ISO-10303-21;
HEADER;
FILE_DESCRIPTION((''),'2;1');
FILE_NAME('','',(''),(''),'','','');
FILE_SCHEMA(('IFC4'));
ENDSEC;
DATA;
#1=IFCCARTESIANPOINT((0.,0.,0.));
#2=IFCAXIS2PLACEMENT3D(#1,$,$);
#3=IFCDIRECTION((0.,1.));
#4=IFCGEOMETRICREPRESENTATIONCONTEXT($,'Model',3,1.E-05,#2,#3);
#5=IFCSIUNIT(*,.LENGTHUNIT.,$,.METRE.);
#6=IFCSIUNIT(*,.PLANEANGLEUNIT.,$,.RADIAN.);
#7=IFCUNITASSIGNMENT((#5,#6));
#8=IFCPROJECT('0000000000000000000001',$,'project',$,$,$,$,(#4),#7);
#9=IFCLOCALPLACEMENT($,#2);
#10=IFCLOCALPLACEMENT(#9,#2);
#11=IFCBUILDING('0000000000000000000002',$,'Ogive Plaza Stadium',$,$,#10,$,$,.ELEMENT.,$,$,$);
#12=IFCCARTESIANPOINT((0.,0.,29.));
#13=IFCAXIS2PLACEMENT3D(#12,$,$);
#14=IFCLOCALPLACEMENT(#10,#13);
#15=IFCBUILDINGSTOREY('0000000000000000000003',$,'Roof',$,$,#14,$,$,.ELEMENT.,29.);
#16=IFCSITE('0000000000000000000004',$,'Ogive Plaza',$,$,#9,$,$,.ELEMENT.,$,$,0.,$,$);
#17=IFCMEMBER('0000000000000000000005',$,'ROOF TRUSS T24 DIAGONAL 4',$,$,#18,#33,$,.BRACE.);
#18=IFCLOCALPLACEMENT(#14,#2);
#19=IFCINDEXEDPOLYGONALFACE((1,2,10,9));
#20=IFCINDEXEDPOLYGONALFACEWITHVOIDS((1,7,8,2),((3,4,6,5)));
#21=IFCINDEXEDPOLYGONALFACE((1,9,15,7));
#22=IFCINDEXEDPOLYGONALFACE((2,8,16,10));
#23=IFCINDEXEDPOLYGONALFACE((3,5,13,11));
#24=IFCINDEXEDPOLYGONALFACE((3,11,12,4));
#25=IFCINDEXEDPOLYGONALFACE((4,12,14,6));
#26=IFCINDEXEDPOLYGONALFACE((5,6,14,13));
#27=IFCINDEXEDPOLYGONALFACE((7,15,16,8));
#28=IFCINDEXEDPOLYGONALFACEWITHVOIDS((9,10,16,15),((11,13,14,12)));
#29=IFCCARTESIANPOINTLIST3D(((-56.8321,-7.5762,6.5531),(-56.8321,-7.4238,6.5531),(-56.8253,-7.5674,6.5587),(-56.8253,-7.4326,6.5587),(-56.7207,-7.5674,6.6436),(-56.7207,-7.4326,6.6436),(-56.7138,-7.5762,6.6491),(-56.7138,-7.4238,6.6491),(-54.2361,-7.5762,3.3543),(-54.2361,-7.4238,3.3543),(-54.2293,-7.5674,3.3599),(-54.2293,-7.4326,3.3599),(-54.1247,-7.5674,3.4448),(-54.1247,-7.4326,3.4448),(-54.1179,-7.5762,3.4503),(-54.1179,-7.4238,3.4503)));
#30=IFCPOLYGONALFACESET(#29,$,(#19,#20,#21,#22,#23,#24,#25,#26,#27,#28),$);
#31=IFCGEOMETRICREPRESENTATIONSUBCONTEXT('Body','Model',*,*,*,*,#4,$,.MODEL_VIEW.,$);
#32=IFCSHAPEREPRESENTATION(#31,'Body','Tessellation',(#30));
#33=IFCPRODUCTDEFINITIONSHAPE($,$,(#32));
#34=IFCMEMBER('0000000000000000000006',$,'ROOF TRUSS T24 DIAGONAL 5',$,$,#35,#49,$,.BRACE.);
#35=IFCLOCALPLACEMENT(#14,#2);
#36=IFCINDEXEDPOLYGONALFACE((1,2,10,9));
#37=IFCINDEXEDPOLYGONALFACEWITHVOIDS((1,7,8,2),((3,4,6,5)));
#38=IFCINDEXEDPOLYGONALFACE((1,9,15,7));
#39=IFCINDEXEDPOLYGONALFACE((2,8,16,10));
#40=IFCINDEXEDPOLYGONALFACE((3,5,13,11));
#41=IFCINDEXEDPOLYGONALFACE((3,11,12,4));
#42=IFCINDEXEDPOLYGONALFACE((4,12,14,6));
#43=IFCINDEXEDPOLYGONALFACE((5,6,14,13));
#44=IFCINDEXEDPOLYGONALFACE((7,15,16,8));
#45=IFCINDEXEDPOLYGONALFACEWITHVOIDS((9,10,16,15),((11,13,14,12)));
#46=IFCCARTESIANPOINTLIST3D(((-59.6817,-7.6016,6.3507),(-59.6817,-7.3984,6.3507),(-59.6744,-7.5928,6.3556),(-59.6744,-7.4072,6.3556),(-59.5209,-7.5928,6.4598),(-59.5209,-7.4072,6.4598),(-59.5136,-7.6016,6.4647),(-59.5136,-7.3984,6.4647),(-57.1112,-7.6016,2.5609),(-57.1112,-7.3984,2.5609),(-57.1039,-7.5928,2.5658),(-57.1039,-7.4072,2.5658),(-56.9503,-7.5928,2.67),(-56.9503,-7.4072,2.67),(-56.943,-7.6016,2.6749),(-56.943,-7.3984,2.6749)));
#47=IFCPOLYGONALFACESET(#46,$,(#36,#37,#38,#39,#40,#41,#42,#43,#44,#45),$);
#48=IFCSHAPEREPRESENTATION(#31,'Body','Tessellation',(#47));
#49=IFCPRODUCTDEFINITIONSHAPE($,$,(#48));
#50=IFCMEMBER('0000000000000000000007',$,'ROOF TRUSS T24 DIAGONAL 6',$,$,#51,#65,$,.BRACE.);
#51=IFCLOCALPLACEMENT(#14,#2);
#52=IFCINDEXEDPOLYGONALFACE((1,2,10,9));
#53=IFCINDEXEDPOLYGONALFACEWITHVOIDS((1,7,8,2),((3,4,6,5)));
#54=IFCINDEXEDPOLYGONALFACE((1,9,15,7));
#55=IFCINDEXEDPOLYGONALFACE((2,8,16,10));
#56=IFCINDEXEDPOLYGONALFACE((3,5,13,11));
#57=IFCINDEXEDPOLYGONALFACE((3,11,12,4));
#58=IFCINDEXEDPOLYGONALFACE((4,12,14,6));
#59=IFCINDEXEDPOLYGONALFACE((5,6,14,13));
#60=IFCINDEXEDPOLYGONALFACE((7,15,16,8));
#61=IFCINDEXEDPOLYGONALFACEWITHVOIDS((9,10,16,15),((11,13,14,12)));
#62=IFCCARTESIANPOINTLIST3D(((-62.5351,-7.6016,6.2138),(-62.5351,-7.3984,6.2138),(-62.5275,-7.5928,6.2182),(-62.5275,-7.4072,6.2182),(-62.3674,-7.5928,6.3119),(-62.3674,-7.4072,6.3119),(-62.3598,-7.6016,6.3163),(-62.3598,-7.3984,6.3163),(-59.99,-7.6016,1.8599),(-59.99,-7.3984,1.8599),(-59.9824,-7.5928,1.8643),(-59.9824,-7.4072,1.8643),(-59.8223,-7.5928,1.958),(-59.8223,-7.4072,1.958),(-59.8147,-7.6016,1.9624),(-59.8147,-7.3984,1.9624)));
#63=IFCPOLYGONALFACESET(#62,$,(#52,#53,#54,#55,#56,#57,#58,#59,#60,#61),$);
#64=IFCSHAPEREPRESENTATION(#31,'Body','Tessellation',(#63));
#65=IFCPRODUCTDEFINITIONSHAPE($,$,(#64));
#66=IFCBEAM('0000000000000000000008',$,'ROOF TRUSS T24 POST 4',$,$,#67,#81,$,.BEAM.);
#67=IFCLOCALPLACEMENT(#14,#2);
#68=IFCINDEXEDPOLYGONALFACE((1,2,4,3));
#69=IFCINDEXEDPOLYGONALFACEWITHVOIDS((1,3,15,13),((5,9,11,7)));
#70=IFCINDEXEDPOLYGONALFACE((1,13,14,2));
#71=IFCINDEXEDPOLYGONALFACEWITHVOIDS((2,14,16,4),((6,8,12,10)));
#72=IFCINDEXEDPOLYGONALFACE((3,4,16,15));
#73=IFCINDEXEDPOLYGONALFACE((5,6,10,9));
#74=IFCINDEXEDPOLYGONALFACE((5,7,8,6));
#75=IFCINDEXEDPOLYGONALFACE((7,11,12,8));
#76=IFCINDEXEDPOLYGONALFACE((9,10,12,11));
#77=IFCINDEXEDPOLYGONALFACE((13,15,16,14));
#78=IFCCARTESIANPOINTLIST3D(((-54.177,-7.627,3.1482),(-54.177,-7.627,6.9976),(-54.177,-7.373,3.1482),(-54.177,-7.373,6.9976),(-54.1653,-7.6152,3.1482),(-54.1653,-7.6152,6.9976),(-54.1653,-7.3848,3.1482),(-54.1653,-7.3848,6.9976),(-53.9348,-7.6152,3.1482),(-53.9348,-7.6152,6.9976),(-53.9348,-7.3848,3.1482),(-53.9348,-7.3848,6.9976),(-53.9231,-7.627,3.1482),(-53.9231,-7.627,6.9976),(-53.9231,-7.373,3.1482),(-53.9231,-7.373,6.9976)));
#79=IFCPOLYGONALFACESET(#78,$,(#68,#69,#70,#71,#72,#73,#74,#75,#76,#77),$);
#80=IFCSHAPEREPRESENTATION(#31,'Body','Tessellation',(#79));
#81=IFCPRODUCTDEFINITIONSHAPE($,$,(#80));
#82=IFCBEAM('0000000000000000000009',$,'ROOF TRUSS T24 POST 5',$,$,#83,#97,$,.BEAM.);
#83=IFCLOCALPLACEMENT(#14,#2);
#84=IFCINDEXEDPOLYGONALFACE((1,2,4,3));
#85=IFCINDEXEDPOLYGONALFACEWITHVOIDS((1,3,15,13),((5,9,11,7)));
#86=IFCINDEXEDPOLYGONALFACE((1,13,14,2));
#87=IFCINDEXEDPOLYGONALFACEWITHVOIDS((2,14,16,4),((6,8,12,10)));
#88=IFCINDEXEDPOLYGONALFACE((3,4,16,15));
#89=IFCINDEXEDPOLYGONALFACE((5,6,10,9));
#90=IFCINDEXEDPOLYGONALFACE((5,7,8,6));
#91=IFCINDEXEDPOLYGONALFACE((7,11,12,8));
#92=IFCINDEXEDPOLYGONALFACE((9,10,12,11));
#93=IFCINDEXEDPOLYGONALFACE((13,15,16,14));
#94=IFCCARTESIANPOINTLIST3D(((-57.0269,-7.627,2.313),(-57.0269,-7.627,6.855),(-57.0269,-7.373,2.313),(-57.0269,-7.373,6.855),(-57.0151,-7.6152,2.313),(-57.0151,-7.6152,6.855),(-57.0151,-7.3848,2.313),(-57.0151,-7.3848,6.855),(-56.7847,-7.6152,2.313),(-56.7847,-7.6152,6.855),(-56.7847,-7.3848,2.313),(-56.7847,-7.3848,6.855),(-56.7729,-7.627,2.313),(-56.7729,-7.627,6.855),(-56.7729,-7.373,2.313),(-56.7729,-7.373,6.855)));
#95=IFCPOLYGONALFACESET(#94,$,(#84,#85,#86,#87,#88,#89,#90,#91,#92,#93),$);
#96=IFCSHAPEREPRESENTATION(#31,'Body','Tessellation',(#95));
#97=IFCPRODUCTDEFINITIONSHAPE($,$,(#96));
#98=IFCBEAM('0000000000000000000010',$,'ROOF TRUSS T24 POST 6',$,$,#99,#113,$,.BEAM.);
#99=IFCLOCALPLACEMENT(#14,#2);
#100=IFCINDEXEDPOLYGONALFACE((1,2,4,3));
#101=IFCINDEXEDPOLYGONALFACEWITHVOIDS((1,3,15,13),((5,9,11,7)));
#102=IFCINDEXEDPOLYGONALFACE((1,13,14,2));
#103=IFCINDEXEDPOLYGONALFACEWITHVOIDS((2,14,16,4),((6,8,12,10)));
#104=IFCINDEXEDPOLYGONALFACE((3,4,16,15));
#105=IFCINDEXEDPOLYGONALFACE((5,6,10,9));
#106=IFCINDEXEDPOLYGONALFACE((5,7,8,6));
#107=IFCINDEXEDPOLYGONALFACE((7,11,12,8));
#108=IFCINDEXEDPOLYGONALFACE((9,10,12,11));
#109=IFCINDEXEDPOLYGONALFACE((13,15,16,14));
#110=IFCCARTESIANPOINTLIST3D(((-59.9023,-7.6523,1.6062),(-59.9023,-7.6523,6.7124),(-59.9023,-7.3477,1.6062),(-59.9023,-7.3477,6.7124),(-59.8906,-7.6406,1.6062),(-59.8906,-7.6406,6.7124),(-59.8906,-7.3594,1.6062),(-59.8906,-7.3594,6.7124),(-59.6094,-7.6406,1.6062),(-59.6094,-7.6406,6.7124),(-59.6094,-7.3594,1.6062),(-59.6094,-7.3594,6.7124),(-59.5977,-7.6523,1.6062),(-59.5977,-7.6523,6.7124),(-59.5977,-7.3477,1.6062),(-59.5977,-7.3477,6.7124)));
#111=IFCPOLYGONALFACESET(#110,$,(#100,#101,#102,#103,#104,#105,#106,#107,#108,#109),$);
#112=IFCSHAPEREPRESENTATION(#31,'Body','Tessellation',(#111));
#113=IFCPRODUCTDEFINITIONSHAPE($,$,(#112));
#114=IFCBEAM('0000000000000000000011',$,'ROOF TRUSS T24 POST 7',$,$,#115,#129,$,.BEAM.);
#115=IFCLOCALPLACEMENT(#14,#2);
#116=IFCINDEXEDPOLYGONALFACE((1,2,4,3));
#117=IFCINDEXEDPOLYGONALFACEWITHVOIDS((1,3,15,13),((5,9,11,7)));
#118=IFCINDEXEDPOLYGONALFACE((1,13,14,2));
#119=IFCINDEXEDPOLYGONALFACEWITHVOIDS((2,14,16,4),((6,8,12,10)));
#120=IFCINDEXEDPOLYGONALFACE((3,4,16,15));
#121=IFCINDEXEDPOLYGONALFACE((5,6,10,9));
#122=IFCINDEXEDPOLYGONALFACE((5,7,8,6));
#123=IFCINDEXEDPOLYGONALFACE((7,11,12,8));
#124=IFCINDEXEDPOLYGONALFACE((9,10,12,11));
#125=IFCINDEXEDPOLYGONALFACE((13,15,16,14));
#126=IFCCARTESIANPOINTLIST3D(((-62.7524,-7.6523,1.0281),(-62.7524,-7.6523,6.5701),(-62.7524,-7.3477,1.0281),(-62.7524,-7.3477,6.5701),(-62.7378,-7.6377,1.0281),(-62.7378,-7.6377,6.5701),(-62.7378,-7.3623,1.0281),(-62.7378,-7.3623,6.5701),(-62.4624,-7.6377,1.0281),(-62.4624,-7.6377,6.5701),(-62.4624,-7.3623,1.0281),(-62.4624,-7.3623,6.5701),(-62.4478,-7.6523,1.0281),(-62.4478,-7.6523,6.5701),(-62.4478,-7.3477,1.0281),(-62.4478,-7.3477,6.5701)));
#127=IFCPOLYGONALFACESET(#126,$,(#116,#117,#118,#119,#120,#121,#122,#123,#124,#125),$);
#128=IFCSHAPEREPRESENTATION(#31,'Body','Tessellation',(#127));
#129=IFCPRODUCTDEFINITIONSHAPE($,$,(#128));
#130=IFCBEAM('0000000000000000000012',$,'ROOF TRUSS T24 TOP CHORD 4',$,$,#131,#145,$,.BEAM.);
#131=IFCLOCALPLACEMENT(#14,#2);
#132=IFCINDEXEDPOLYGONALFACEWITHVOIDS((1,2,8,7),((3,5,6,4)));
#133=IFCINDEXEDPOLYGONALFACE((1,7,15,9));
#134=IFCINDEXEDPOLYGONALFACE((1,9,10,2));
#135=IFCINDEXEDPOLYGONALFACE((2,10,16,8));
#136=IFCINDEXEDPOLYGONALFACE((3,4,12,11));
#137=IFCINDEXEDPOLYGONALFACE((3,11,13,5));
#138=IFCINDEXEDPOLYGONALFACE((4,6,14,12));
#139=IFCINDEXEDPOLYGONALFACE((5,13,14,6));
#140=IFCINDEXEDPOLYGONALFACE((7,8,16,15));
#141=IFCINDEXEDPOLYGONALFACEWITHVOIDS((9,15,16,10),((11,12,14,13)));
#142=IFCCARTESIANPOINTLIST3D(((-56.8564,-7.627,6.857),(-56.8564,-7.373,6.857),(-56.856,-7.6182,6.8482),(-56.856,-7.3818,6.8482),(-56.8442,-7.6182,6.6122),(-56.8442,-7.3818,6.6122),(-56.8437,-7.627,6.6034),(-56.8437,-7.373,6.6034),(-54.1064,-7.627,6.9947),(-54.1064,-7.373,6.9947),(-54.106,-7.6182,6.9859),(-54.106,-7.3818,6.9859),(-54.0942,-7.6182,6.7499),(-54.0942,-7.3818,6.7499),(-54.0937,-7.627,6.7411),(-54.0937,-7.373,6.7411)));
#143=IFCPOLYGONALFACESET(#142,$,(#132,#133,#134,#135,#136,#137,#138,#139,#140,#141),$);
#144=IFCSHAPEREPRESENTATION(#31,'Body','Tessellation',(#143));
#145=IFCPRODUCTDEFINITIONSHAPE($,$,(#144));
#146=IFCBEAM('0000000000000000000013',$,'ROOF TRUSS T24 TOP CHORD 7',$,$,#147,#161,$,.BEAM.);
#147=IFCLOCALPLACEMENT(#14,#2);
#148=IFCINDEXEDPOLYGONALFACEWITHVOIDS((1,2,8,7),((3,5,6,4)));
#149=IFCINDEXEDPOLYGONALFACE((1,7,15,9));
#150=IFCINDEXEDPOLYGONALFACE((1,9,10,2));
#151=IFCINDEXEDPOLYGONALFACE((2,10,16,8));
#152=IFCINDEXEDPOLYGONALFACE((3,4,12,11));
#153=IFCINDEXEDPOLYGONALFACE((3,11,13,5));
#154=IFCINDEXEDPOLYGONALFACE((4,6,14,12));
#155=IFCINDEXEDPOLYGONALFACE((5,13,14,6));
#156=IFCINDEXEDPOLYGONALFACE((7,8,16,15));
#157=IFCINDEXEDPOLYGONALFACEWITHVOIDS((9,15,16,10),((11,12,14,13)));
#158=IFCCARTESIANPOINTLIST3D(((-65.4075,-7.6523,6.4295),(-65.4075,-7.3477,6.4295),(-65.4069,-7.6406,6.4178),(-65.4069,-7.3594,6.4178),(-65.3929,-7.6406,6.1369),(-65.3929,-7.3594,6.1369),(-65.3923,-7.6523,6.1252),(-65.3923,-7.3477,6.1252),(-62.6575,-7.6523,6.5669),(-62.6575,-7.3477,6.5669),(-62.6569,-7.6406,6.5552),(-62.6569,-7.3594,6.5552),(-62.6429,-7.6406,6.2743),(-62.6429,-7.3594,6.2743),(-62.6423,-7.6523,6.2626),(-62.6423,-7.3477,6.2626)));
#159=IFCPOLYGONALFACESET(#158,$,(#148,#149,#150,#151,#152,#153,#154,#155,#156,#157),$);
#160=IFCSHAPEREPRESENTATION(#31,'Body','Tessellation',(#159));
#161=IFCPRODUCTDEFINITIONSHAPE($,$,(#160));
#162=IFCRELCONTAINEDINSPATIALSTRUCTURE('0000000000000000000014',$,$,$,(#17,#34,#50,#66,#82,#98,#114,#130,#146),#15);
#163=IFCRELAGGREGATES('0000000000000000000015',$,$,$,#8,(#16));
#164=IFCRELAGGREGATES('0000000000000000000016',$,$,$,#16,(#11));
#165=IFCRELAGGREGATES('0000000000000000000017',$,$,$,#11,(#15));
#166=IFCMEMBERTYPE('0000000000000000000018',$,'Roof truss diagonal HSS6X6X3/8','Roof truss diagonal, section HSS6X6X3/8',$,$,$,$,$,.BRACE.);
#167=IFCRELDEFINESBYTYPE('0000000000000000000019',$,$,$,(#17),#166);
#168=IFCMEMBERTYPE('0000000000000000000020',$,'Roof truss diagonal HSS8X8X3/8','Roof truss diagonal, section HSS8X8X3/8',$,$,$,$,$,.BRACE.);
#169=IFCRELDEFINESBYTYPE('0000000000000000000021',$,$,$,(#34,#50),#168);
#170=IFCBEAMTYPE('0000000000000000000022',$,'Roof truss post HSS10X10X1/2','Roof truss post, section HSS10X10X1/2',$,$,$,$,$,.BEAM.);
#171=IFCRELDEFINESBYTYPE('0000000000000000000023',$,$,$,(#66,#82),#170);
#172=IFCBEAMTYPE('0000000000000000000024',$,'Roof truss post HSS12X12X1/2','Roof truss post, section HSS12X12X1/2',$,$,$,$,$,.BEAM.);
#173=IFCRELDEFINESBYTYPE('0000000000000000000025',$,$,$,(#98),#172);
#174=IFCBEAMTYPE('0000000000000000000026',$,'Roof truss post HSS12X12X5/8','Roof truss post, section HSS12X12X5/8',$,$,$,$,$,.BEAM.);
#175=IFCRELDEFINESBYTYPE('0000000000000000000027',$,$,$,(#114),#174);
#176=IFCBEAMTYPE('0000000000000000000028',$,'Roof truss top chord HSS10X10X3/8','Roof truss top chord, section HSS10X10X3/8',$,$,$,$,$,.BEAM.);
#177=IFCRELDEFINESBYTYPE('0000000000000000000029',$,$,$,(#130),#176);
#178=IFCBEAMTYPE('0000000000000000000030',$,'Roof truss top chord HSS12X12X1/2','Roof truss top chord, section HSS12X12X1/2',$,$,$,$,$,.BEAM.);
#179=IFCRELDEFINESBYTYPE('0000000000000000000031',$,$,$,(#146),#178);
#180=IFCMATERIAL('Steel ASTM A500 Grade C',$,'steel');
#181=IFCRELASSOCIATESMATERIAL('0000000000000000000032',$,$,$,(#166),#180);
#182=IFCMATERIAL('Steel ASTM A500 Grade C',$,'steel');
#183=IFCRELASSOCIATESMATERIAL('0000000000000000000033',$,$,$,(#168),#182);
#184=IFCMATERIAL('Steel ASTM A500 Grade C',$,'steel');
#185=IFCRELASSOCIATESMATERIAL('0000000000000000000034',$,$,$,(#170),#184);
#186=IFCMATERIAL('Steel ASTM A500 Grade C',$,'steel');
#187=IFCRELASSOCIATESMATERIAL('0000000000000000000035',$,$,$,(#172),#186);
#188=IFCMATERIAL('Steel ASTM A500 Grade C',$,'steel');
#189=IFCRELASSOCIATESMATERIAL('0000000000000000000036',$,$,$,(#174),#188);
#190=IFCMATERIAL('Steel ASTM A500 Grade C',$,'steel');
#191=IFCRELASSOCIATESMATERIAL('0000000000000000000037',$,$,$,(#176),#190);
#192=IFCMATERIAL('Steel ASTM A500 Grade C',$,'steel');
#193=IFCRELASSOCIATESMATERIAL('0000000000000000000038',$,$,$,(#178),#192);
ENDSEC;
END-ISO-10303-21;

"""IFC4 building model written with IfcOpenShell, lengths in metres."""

from ifc_helpers import new_model, si_unit, direction, frame, origin, origin_2d, place, context, subcontext, project, spatial, hollow_rectangle, extrude, material, material_profile, profile_set, type_object, element, save


model = new_model("IFC4")

# Units and contexts
model_context = context("Model", 3, precision=1e-05, world=origin(), true_north=direction((0.0, 1.0)))
body_context = subcontext(model_context, "Body", "Model", "MODEL_VIEW")
ifc_project = project(units=[si_unit("LENGTHUNIT", "METRE"), si_unit("PLANEANGLEUNIT", "RADIAN")], contexts=[model_context])

# Site, building, storey
site_placement = place(None, origin())
site = spatial("IfcSite", under=ifc_project, at=site_placement, Name="Ogive Plaza", CompositionType="ELEMENT", RefElevation=0.0)
building_placement = place(site_placement, origin())
building = spatial("IfcBuilding", under=site, at=building_placement, Name="Ogive Plaza Stadium", CompositionType="ELEMENT")
storey_placement = place(building_placement, frame((0.0, 0.0, 29.0)))
storey = spatial("IfcBuildingStorey", under=building, at=storey_placement, Name="Roof", CompositionType="ELEMENT", Elevation=29.0)

# Members
ifc_material_1 = material(Name="Steel ASTM A500 Grade C", Category="steel")
ifc_material_profile_1 = material_profile(ifc_material_1, hollow_rectangle(XDim=0.1523, YDim=0.1523, WallThickness=0.0088, at=origin_2d()), Name="HSS6X6X3/8")
ifc_profile_set_1 = profile_set([ifc_material_profile_1], Name="Steel ASTM A500 Grade C")
member_type_1 = type_object("IfcMemberType", Name="Roof truss diagonal HSS6X6X3/8", Description="Roof truss diagonal, section HSS6X6X3/8", PredefinedType="BRACE", material=ifc_profile_set_1)
member_1_placement = place(storey_placement, frame((-54.177, -7.5, 3.4023), z_axis=(-0.630151, 0.0, 0.776473), x_axis=(0.0, -1.0, 0.0)))
element("IfcMember", 1, at=member_1_placement, inside=storey, type_object=member_type_1, Name="ROOF TRUSS T24 DIAGONAL 4", PredefinedType="BRACE", context=body_context, shape_type="SweptSolid", body=[
    extrude(hollow_rectangle(XDim=0.1523, YDim=0.1523, WallThickness=0.0088, at=origin_2d()), origin(), (0.0, 0.0, 1.0), 4.1196),
])
ifc_material_2 = material(Name="Steel ASTM A500 Grade C", Category="steel")
ifc_material_profile_2 = material_profile(ifc_material_2, hollow_rectangle(XDim=0.2031, YDim=0.2031, WallThickness=0.0088, at=origin_2d()), Name="HSS8X8X3/8")
ifc_profile_set_2 = profile_set([ifc_material_profile_2], Name="Steel ASTM A500 Grade C")
member_type_2 = type_object("IfcMemberType", Name="Roof truss diagonal HSS8X8X3/8", Description="Roof truss diagonal, section HSS8X8X3/8", PredefinedType="BRACE", material=ifc_profile_set_2)
member_2_placement = place(storey_placement, frame((-57.0271, -7.5, 2.6179), z_axis=(-0.561338, 0.0, 0.827586), x_axis=(0.0, -1.0, 0.0)))
element("IfcMember", 2, at=member_2_placement, inside=storey, type_object=member_type_2, Name="ROOF TRUSS T24 DIAGONAL 5", PredefinedType="BRACE", context=body_context, shape_type="SweptSolid", body=[
    extrude(hollow_rectangle(XDim=0.2031, YDim=0.2031, WallThickness=0.0088, at=origin_2d()), origin(), (0.0, 0.0, 1.0), 4.5793),
])
member_3_placement = place(storey_placement, frame((-59.9023, -7.5, 1.9111), z_axis=(-0.504659, 0.0, 0.863319), x_axis=(0.0, -1.0, 0.0)))
element("IfcMember", 3, at=member_3_placement, inside=storey, type_object=member_type_2, Name="ROOF TRUSS T24 DIAGONAL 6", PredefinedType="BRACE", context=body_context, shape_type="SweptSolid", body=[
    extrude(hollow_rectangle(XDim=0.2031, YDim=0.2031, WallThickness=0.0088, at=origin_2d()), origin(), (0.0, 0.0, 1.0), 5.0432),
])

# Beams
ifc_material_3 = material(Name="Steel ASTM A500 Grade C", Category="steel")
ifc_material_profile_3 = material_profile(ifc_material_3, hollow_rectangle(XDim=0.2539, YDim=0.2539, WallThickness=0.0117, at=origin_2d()), Name="HSS10X10X1/2")
ifc_profile_set_3 = profile_set([ifc_material_profile_3], Name="Steel ASTM A500 Grade C")
beam_type_1 = type_object("IfcBeamType", Name="Roof truss post HSS10X10X1/2", Description="Roof truss post, section HSS10X10X1/2", PredefinedType="BEAM", material=ifc_profile_set_3)
beam_1_placement = place(storey_placement, frame((-54.05, -7.5, 3.1482), z_axis=(0.0, 0.0, 1.0), x_axis=(0.0, -1.0, 0.0)))
element("IfcBeam", 4, at=beam_1_placement, inside=storey, type_object=beam_type_1, Name="ROOF TRUSS T24 POST 4", PredefinedType="BEAM", context=body_context, shape_type="SweptSolid", body=[
    extrude(hollow_rectangle(XDim=0.2539, YDim=0.2539, WallThickness=0.0117, at=origin_2d()), origin(), (0.0, 0.0, 1.0), 3.8494),
])
beam_2_placement = place(storey_placement, frame((-56.8999, -7.5, 2.313), z_axis=(0.0, 0.0, 1.0), x_axis=(0.0, -1.0, 0.0)))
element("IfcBeam", 5, at=beam_2_placement, inside=storey, type_object=beam_type_1, Name="ROOF TRUSS T24 POST 5", PredefinedType="BEAM", context=body_context, shape_type="SweptSolid", body=[
    extrude(hollow_rectangle(XDim=0.2539, YDim=0.2539, WallThickness=0.0117, at=origin_2d()), origin(), (0.0, 0.0, 1.0), 4.542),
])
ifc_material_4 = material(Name="Steel ASTM A500 Grade C", Category="steel")
ifc_material_profile_4 = material_profile(ifc_material_4, hollow_rectangle(XDim=0.3047, YDim=0.3047, WallThickness=0.0117, at=origin_2d()), Name="HSS12X12X1/2")
ifc_profile_set_4 = profile_set([ifc_material_profile_4], Name="Steel ASTM A500 Grade C")
beam_type_2 = type_object("IfcBeamType", Name="Roof truss post HSS12X12X1/2", Description="Roof truss post, section HSS12X12X1/2", PredefinedType="BEAM", material=ifc_profile_set_4)
beam_3_placement = place(storey_placement, frame((-59.75, -7.5, 1.6062), z_axis=(0.0, 0.0, 1.0), x_axis=(0.0, -1.0, 0.0)))
element("IfcBeam", 6, at=beam_3_placement, inside=storey, type_object=beam_type_2, Name="ROOF TRUSS T24 POST 6", PredefinedType="BEAM", context=body_context, shape_type="SweptSolid", body=[
    extrude(hollow_rectangle(XDim=0.3047, YDim=0.3047, WallThickness=0.0117, at=origin_2d()), origin(), (0.0, 0.0, 1.0), 5.1062),
])
ifc_material_5 = material(Name="Steel ASTM A500 Grade C", Category="steel")
ifc_material_profile_5 = material_profile(ifc_material_5, hollow_rectangle(XDim=0.3047, YDim=0.3047, WallThickness=0.0146, at=origin_2d()), Name="HSS12X12X5/8")
ifc_profile_set_5 = profile_set([ifc_material_profile_5], Name="Steel ASTM A500 Grade C")
beam_type_3 = type_object("IfcBeamType", Name="Roof truss post HSS12X12X5/8", Description="Roof truss post, section HSS12X12X5/8", PredefinedType="BEAM", material=ifc_profile_set_5)
beam_4_placement = place(storey_placement, frame((-62.6001, -7.5, 1.0281), z_axis=(0.0, 0.0, 1.0), x_axis=(0.0, -1.0, 0.0)))
element("IfcBeam", 7, at=beam_4_placement, inside=storey, type_object=beam_type_3, Name="ROOF TRUSS T24 POST 7", PredefinedType="BEAM", context=body_context, shape_type="SweptSolid", body=[
    extrude(hollow_rectangle(XDim=0.3047, YDim=0.3047, WallThickness=0.0146, at=origin_2d()), origin(), (0.0, 0.0, 1.0), 5.542),
])
ifc_material_6 = material(Name="Steel ASTM A500 Grade C", Category="steel")
ifc_material_profile_6 = material_profile(ifc_material_6, hollow_rectangle(XDim=0.2539, YDim=0.2539, WallThickness=0.0088, at=origin_2d()), Name="HSS10X10X3/8")
ifc_profile_set_6 = profile_set([ifc_material_profile_6], Name="Steel ASTM A500 Grade C")
beam_type_4 = type_object("IfcBeamType", Name="Roof truss top chord HSS10X10X3/8", Description="Roof truss top chord, section HSS10X10X3/8", PredefinedType="BEAM", material=ifc_profile_set_6)
beam_5_placement = place(storey_placement, frame((-54.1001, -7.5, 6.8679), z_axis=(-0.998749, 0.0, -0.050008), x_axis=(0.0, -1.0, 0.0)))
element("IfcBeam", 8, at=beam_5_placement, inside=storey, type_object=beam_type_4, Name="ROOF TRUSS T24 TOP CHORD 4", PredefinedType="BEAM", context=body_context, shape_type="SweptSolid", body=[
    extrude(hollow_rectangle(XDim=0.2539, YDim=0.2539, WallThickness=0.0088, at=origin_2d()), origin(), (0.0, 0.0, 1.0), 2.7534),
])
ifc_material_7 = material(Name="Steel ASTM A500 Grade C", Category="steel")
ifc_material_profile_7 = material_profile(ifc_material_7, hollow_rectangle(XDim=0.3047, YDim=0.3047, WallThickness=0.0117, at=origin_2d()), Name="HSS12X12X1/2")
ifc_profile_set_7 = profile_set([ifc_material_profile_7], Name="Steel ASTM A500 Grade C")
beam_type_5 = type_object("IfcBeamType", Name="Roof truss top chord HSS12X12X1/2", Description="Roof truss top chord, section HSS12X12X1/2", PredefinedType="BEAM", material=ifc_profile_set_7)
beam_6_placement = place(storey_placement, frame((-62.6499, -7.5, 6.4148), z_axis=(-0.998753, 0.0, -0.04992), x_axis=(0.0, -1.0, 0.0)))
element("IfcBeam", 9, at=beam_6_placement, inside=storey, type_object=beam_type_5, Name="ROOF TRUSS T24 TOP CHORD 7", PredefinedType="BEAM", context=body_context, shape_type="SweptSolid", body=[
    extrude(hollow_rectangle(XDim=0.3047, YDim=0.3047, WallThickness=0.0117, at=origin_2d()), origin(), (0.0, 0.0, 1.0), 2.7534),
])

save(model, "model.ifc")
